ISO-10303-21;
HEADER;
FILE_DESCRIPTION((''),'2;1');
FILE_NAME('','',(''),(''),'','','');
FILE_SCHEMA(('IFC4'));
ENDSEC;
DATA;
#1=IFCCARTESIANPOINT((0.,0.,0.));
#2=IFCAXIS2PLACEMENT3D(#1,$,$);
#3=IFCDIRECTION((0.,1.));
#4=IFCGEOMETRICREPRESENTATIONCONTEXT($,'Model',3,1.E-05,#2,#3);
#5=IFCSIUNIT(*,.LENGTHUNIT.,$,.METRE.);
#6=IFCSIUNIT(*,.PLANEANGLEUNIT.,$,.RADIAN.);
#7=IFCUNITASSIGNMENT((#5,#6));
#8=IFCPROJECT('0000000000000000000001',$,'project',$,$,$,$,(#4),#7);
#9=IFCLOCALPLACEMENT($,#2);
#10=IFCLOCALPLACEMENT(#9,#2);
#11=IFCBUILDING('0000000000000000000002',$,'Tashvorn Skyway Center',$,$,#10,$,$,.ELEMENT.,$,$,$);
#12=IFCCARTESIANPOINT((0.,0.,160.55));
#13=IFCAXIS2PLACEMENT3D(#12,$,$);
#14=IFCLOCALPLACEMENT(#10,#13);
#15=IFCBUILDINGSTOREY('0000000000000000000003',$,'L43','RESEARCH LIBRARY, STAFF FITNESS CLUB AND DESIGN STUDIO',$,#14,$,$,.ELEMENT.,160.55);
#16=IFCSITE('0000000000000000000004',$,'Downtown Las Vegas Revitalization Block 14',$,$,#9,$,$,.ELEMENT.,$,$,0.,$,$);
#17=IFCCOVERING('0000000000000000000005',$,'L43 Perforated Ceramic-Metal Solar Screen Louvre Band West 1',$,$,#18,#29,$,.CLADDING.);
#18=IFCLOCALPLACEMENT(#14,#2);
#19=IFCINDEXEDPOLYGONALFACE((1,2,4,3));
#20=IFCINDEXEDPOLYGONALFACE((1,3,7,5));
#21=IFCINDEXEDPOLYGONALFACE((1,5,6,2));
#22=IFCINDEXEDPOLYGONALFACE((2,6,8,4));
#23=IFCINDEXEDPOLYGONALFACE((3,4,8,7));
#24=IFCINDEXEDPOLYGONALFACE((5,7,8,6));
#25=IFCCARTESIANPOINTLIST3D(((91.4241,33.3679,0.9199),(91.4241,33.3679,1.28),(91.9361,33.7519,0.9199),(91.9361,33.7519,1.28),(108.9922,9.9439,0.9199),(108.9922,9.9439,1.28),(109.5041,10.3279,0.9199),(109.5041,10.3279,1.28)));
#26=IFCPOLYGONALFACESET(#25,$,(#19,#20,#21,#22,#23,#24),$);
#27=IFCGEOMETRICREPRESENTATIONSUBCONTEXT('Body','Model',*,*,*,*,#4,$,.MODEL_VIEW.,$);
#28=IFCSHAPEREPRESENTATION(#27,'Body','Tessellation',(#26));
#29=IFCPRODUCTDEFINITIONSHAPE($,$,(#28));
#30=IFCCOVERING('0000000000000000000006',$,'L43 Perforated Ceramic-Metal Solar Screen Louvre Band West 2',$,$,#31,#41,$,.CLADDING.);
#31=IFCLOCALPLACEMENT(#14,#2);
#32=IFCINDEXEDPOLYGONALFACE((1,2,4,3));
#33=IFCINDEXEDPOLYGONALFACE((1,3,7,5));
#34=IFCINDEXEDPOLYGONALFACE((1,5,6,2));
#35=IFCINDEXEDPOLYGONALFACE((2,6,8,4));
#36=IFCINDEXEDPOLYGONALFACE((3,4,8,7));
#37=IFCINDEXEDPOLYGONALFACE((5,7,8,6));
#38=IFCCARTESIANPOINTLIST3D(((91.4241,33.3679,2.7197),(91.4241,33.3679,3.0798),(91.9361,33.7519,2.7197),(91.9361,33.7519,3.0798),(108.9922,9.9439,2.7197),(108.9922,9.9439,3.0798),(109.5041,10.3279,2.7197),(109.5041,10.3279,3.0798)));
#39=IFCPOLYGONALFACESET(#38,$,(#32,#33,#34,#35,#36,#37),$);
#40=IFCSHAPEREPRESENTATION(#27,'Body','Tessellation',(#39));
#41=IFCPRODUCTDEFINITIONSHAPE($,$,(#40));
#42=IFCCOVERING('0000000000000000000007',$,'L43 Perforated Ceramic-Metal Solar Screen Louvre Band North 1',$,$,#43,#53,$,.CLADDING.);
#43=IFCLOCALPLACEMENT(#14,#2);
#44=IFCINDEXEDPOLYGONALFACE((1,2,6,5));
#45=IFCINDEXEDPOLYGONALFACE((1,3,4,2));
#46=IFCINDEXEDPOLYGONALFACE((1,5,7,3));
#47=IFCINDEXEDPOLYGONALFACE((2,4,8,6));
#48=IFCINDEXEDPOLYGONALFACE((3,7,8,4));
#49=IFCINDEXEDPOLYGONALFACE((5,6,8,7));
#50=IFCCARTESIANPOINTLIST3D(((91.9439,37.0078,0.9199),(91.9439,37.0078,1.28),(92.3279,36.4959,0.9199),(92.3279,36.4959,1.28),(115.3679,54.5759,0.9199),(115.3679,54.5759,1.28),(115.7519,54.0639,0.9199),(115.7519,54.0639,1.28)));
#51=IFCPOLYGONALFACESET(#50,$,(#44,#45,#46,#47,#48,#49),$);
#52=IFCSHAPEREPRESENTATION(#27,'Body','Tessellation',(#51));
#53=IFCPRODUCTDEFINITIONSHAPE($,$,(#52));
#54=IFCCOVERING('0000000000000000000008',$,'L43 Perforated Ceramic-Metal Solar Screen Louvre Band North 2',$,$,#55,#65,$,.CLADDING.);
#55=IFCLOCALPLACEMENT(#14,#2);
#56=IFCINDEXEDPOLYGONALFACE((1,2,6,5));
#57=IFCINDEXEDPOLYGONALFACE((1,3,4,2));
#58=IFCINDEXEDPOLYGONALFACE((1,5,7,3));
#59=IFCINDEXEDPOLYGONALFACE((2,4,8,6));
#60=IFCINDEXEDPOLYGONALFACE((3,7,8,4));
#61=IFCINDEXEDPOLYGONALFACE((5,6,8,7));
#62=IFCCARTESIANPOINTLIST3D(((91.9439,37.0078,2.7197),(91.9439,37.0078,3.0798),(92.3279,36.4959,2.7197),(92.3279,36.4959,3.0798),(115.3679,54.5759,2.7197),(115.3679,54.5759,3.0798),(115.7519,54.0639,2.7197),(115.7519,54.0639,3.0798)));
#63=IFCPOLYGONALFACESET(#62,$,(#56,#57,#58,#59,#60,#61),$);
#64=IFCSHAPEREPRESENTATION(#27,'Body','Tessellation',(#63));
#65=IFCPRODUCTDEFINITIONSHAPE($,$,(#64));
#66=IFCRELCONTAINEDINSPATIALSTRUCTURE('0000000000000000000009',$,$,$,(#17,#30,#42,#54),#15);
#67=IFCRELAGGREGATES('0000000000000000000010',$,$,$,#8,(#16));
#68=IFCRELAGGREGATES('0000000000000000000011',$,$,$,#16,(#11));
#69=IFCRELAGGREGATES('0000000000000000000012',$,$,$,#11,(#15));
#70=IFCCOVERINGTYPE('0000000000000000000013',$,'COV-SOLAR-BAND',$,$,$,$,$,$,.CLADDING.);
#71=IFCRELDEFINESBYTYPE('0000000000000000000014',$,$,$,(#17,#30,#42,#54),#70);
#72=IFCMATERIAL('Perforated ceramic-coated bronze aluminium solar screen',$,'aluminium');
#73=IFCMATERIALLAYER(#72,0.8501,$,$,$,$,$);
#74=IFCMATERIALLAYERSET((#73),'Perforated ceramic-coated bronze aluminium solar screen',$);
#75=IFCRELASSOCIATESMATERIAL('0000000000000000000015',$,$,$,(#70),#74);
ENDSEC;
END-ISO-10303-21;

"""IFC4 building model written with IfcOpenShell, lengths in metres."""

from ifc_helpers import new_model, si_unit, direction, frame, origin, origin_2d, place, context, subcontext, project, spatial, rectangle, extrude, material, layer, layer_set, type_object, element, save


model = new_model("IFC4")

# Units and contexts
model_context = context("Model", 3, precision=1e-05, world=origin(), true_north=direction((0.0, 1.0)))
body_context = subcontext(model_context, "Body", "Model", "MODEL_VIEW")
ifc_project = project(units=[si_unit("LENGTHUNIT", "METRE"), si_unit("PLANEANGLEUNIT", "RADIAN")], contexts=[model_context])

# Site, building, storey
site_placement = place(None, origin())
site = spatial("IfcSite", under=ifc_project, at=site_placement, Name="Downtown Las Vegas Revitalization Block 14", CompositionType="ELEMENT", RefElevation=0.0)
building_placement = place(site_placement, origin())
building = spatial("IfcBuilding", under=site, at=building_placement, Name="Tashvorn Skyway Center", CompositionType="ELEMENT")
storey_placement = place(building_placement, frame((0.0, 0.0, 160.55)))
storey = spatial("IfcBuildingStorey", under=building, at=storey_placement, Name="L43", Description="RESEARCH LIBRARY, STAFF FITNESS CLUB AND DESIGN STUDIO", CompositionType="ELEMENT", Elevation=160.55)

# Coverings
ifc_material_1 = material(Name="Perforated ceramic-coated bronze aluminium solar screen", Category="aluminium")
ifc_layer_1 = layer(ifc_material_1, 0.8501)
ifc_layer_set_1 = layer_set([ifc_layer_1], Name="Perforated ceramic-coated bronze aluminium solar screen")
covering_type = type_object("IfcCoveringType", Name="COV-SOLAR-BAND", PredefinedType="CLADDING", material=ifc_layer_set_1)
for number, where, z_axis, x_axis, name in (
    (1, (100.4641, 21.8479, 0.9199), (0.0, 0.0, 1.0), (-0.6, 0.8, 0.0), "L43 Perforated Ceramic-Metal Solar Screen Louvre Band West 1"),
    (2, (100.4641, 21.8479, 2.7197), (0.0, 0.0, 1.0), (-0.6, 0.8, 0.0), "L43 Perforated Ceramic-Metal Solar Screen Louvre Band West 2"),
    (3, (103.8479, 45.5359, 0.9199), (0.0, 0.0, 1.0), (0.8, 0.6, 0.0), "L43 Perforated Ceramic-Metal Solar Screen Louvre Band North 1"),
    (4, (103.8479, 45.5359, 2.7197), (0.0, 0.0, 1.0), (0.8, 0.6, 0.0), "L43 Perforated Ceramic-Metal Solar Screen Louvre Band North 2"),
):
    element("IfcCovering", number, at=place(storey_placement, frame(where, z_axis=z_axis, x_axis=x_axis)), inside=storey, type_object=covering_type, Name=name, PredefinedType="CLADDING", context=body_context, shape_type="SweptSolid", body=[
        extrude(rectangle(XDim=29.28, YDim=0.6399, at=origin_2d()), origin(), (0.0, 0.0, 1.0), 0.3601),
    ])

save(model, "model.ifc")
